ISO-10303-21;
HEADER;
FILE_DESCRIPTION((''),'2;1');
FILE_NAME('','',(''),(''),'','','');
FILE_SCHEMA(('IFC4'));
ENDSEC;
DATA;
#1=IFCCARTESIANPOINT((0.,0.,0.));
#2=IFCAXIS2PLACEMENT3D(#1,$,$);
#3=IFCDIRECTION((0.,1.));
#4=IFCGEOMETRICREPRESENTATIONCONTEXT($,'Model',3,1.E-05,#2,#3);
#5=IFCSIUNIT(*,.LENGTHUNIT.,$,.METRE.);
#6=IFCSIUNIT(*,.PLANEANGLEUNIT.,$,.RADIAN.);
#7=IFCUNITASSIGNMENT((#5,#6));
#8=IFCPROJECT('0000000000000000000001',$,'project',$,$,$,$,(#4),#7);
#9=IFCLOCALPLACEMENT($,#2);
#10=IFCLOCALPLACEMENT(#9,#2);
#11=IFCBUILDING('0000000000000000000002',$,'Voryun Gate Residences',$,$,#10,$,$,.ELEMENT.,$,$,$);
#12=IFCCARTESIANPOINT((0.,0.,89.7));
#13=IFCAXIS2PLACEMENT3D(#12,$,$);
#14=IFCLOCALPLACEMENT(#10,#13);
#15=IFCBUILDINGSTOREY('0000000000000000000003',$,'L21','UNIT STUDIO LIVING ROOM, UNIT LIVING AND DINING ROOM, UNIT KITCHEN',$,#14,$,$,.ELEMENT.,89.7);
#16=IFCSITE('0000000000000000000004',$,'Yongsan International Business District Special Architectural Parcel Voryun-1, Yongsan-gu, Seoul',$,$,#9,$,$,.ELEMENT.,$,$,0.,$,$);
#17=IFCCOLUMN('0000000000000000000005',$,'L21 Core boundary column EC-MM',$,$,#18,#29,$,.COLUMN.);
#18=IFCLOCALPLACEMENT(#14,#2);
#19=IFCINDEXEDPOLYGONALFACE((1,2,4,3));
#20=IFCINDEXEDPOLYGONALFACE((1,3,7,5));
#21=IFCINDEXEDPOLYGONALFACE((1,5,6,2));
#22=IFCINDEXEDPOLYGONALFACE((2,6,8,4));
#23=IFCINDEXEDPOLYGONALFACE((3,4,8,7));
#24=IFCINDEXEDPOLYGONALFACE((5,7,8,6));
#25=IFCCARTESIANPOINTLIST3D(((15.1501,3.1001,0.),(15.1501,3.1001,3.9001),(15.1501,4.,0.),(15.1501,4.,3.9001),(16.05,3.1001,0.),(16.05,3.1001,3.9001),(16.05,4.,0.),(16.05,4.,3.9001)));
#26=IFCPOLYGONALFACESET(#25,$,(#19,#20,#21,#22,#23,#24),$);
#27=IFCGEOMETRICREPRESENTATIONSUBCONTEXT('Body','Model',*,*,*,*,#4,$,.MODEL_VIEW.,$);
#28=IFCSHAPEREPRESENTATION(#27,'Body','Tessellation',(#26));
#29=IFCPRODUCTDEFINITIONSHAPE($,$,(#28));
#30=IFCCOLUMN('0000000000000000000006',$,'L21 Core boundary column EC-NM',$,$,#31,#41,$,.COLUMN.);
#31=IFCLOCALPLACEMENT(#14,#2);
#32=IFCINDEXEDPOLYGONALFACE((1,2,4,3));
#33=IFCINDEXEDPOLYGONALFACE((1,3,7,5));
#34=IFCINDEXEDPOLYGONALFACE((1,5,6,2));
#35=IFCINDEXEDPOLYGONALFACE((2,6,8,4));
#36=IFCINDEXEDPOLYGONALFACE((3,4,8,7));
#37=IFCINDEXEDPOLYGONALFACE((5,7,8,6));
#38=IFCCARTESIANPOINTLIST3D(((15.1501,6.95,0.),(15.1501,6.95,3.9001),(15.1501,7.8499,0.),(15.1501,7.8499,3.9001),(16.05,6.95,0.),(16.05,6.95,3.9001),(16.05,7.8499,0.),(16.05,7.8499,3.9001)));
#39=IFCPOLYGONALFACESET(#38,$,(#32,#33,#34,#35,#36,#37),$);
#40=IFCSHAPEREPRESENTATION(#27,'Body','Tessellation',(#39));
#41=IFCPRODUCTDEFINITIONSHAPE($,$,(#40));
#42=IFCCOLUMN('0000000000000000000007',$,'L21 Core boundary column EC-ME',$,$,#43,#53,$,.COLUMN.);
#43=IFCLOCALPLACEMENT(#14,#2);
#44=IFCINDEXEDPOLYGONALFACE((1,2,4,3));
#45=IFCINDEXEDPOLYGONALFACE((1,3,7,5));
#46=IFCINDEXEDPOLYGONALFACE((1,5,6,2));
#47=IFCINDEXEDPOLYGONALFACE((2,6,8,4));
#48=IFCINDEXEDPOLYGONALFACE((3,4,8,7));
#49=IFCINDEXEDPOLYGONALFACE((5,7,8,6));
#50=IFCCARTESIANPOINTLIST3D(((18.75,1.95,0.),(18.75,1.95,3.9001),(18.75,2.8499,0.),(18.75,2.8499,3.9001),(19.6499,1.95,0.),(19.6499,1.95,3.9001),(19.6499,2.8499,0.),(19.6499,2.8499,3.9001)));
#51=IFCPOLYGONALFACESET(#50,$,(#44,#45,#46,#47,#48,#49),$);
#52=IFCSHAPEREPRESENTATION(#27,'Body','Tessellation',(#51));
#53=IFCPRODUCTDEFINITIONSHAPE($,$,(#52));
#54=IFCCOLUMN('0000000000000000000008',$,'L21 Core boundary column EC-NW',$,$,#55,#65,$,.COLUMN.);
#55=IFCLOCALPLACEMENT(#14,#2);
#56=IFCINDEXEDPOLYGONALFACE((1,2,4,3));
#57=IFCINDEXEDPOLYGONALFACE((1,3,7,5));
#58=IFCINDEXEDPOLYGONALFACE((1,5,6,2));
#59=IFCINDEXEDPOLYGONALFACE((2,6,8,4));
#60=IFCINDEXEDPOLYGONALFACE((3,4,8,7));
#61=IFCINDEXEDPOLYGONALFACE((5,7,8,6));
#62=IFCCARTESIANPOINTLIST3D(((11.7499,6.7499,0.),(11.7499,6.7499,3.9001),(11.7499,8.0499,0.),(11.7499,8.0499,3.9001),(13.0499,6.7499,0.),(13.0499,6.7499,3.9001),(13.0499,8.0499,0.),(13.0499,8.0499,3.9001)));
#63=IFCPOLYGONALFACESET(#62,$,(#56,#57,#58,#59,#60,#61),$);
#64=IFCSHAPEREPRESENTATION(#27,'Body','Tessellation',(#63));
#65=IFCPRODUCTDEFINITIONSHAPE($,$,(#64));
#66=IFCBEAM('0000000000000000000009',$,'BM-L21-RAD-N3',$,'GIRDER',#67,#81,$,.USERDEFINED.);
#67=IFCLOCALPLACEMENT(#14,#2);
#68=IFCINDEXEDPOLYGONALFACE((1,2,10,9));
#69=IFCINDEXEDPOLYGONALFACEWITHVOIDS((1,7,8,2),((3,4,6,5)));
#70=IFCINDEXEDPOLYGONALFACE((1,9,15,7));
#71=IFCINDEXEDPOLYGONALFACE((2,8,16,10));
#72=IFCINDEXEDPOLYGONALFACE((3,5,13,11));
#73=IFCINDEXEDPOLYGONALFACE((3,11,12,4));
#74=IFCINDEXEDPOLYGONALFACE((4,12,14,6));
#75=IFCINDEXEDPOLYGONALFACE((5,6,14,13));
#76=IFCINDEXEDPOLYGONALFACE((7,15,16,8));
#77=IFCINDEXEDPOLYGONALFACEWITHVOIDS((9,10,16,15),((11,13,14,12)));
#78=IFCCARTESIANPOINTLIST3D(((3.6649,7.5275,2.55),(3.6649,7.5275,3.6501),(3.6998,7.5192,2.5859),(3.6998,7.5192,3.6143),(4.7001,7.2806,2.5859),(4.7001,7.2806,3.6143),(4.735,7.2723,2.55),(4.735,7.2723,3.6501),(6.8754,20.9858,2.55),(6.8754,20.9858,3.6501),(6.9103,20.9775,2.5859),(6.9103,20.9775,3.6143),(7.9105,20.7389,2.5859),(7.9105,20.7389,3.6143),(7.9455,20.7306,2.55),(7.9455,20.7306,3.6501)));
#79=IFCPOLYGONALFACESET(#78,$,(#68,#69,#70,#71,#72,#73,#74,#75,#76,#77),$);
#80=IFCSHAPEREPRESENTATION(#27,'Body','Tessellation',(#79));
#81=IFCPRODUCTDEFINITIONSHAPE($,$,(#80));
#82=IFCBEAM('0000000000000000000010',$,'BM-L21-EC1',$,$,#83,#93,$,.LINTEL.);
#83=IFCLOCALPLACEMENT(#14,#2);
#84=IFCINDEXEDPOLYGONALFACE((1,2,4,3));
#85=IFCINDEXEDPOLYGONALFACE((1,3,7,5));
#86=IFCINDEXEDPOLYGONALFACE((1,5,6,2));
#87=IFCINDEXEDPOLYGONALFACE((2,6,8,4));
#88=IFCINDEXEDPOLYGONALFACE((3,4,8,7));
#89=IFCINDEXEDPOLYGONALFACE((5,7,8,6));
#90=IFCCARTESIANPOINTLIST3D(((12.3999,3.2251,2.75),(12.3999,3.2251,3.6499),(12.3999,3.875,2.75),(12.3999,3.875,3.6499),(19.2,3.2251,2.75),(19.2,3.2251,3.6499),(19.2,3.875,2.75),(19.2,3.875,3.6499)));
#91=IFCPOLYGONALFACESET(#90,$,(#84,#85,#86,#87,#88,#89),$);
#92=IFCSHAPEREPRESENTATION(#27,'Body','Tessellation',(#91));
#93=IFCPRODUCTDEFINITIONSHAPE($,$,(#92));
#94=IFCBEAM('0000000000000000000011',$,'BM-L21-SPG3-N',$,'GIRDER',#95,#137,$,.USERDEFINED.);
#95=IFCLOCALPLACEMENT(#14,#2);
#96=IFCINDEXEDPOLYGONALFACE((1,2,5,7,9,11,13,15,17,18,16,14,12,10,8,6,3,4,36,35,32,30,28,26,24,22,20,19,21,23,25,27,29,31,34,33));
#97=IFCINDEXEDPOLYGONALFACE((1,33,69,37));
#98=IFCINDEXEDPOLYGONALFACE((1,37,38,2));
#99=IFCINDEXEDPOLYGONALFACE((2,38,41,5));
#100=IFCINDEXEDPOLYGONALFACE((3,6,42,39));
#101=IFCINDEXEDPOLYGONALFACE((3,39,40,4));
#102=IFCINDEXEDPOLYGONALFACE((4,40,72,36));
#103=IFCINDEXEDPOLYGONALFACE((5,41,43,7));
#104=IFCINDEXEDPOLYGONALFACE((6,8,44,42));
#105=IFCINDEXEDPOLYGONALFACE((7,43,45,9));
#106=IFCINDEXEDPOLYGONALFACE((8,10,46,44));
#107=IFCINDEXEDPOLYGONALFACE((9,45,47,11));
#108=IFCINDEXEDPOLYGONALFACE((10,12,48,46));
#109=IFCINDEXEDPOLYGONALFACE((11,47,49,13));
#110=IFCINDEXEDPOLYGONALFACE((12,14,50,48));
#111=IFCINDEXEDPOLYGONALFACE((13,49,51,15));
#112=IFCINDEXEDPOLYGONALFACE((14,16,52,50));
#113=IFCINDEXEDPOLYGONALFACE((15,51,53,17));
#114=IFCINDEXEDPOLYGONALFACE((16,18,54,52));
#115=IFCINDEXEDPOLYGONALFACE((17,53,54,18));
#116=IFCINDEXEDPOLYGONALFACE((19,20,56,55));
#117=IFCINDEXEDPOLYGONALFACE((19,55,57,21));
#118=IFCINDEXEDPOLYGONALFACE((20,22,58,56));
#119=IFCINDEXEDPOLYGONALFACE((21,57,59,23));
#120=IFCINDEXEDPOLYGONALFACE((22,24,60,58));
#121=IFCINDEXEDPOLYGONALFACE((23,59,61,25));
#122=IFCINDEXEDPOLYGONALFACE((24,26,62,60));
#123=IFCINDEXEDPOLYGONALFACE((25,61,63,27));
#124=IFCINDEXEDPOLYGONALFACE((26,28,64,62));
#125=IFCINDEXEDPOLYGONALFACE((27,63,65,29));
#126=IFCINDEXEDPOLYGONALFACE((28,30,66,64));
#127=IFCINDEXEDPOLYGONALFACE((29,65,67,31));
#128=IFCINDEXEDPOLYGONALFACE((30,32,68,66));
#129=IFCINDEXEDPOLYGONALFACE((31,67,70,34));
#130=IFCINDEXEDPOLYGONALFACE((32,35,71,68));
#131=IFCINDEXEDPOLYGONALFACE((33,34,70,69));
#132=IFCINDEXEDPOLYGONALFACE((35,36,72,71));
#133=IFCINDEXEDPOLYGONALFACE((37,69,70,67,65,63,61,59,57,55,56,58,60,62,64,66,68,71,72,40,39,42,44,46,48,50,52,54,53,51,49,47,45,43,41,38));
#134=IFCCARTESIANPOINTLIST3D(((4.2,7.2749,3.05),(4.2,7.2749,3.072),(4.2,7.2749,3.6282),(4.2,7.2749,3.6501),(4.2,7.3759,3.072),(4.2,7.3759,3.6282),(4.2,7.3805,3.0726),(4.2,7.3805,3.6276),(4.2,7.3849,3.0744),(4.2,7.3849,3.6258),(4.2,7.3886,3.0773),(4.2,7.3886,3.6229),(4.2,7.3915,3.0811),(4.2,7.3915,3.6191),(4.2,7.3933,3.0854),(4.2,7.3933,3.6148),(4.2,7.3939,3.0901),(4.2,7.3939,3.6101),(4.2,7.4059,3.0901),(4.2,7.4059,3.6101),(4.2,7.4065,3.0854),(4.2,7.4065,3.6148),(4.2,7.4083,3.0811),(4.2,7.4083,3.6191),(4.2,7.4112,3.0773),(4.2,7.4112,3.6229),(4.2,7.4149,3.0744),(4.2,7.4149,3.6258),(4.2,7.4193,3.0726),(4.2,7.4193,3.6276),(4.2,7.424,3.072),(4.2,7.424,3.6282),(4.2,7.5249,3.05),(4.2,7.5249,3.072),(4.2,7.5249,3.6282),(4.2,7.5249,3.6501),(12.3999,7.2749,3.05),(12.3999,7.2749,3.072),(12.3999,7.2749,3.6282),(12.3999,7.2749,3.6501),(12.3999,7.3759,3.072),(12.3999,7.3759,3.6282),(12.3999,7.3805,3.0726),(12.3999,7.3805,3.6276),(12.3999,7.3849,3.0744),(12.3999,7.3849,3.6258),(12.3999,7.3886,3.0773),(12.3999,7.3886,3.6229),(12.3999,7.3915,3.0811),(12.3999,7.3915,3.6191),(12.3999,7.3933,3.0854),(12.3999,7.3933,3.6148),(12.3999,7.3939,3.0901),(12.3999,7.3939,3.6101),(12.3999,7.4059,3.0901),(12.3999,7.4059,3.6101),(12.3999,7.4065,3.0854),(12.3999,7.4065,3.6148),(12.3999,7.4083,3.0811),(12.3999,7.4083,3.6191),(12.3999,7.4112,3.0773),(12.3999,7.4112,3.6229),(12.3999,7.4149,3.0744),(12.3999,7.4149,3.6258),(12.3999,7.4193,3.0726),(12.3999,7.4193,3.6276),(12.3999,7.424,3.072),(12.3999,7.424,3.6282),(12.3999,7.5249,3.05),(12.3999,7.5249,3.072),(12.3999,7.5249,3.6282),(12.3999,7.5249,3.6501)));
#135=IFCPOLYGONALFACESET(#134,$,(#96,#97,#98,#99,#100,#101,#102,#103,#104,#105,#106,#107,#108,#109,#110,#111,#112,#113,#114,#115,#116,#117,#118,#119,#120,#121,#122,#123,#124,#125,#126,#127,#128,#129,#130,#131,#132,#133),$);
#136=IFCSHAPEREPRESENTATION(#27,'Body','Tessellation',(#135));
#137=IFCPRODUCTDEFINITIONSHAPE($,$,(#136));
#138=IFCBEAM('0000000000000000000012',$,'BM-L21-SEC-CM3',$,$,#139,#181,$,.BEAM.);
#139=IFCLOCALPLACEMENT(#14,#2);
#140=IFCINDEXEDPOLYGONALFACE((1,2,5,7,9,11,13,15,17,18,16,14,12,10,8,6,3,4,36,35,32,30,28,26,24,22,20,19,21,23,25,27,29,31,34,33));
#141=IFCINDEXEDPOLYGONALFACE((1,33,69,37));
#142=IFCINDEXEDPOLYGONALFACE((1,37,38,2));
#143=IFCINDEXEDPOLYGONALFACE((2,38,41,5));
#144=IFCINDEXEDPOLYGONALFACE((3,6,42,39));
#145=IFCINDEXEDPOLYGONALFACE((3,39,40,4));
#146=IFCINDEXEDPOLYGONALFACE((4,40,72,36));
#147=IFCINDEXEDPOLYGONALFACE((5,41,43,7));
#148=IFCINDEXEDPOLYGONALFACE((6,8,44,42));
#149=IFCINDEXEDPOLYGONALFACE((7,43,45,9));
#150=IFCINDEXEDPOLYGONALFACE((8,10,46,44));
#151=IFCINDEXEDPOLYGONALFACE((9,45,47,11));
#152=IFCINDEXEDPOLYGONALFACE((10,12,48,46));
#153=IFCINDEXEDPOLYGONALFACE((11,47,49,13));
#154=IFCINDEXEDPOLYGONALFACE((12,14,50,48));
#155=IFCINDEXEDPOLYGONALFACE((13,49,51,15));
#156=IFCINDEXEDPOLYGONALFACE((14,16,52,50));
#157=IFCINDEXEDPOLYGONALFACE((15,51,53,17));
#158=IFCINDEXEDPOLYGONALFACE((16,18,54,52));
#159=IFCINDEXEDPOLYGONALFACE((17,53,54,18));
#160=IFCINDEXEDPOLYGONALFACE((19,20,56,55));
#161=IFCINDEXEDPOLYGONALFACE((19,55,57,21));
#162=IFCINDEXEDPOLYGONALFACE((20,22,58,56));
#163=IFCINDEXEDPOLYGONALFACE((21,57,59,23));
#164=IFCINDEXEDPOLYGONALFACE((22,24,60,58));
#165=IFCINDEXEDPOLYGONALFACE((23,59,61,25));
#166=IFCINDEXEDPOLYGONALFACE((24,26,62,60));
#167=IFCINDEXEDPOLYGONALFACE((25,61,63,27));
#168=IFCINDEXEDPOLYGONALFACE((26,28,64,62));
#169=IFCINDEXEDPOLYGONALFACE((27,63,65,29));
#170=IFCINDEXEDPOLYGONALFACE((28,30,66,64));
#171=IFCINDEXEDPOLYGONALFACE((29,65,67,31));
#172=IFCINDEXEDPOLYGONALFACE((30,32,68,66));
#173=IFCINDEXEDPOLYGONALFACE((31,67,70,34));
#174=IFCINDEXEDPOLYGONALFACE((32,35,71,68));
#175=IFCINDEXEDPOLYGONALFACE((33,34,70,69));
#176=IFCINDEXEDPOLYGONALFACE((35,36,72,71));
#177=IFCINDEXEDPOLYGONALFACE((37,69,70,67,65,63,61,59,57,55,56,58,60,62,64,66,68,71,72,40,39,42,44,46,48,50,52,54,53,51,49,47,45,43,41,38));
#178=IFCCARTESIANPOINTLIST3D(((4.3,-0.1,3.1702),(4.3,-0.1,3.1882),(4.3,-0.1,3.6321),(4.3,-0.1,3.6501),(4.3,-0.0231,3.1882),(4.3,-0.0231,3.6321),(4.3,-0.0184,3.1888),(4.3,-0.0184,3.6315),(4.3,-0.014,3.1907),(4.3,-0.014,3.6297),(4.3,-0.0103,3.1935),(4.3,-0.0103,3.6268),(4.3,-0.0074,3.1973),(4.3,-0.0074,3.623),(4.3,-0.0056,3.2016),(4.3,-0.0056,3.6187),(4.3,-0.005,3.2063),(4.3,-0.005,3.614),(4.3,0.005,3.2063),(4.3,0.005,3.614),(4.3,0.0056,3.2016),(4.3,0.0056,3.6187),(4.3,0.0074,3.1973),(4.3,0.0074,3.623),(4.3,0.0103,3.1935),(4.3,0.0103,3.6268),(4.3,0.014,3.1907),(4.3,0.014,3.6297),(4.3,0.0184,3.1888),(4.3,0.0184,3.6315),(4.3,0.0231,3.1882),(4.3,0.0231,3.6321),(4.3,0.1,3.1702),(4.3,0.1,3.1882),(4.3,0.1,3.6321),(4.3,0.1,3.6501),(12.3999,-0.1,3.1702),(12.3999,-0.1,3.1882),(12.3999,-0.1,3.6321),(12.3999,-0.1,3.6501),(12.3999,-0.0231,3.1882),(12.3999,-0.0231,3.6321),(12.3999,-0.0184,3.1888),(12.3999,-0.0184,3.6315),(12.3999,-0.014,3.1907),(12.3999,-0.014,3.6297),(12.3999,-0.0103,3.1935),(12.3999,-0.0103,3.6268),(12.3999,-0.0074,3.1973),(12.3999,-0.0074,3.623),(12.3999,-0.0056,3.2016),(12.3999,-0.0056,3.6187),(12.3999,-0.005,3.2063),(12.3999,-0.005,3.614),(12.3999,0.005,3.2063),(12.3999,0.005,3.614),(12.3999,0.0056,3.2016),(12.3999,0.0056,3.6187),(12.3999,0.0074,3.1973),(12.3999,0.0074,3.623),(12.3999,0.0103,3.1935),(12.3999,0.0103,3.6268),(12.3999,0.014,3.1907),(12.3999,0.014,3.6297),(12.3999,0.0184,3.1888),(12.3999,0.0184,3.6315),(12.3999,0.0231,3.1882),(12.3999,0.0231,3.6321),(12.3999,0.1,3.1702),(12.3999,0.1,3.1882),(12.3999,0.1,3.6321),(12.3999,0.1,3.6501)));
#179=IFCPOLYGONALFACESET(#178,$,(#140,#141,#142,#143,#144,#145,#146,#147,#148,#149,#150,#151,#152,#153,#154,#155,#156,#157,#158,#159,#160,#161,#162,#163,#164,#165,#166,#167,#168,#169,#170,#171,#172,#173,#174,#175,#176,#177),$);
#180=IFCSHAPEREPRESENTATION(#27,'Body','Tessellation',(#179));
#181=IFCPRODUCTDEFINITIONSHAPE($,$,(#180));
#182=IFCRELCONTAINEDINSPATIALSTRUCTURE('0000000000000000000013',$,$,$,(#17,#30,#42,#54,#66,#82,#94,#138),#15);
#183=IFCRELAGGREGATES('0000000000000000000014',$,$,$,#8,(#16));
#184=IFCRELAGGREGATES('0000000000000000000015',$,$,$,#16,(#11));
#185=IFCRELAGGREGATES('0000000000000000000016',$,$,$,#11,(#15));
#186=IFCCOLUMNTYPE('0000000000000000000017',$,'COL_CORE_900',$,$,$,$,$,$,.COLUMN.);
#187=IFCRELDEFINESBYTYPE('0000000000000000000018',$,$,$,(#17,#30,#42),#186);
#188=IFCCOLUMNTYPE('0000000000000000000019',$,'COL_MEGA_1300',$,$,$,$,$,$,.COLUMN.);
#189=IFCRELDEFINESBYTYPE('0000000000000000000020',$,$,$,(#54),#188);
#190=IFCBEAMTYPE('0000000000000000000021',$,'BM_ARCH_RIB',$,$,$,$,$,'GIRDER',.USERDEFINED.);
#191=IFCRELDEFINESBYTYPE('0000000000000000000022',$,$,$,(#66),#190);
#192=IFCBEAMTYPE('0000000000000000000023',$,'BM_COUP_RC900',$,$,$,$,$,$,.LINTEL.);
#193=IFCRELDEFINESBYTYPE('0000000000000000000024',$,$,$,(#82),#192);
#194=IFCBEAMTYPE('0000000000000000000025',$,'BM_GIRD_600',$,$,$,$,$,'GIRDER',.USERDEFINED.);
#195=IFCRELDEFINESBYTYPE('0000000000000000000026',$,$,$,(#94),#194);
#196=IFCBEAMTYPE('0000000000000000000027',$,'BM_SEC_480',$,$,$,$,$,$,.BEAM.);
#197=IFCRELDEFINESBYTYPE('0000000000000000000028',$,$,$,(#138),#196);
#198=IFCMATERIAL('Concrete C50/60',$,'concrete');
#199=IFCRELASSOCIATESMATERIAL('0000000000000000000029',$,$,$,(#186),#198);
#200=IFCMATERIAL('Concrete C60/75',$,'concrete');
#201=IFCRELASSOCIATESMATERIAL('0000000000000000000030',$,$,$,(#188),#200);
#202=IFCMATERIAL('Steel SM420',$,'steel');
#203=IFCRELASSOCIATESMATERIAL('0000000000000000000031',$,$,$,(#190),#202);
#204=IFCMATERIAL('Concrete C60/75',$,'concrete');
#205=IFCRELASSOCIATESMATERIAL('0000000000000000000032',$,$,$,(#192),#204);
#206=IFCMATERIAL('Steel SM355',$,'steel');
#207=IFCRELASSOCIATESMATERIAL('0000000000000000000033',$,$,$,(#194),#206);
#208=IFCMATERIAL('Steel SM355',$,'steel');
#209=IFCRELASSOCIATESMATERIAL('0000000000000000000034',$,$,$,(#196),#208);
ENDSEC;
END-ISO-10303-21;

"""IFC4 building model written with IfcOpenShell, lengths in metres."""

from ifc_helpers import new_model, si_unit, direction, frame, origin, origin_2d, place, context, subcontext, project, spatial, rectangle, hollow_rectangle, i_section, extrude, material, material_profile, profile_set, type_object, element, save


model = new_model("IFC4")

# Units and contexts
model_context = context("Model", 3, precision=1e-05, world=origin(), true_north=direction((0.0, 1.0)))
body_context = subcontext(model_context, "Body", "Model", "MODEL_VIEW")
ifc_project = project(units=[si_unit("LENGTHUNIT", "METRE"), si_unit("PLANEANGLEUNIT", "RADIAN")], contexts=[model_context])

# Site, building, storey
site_placement = place(None, origin())
site = spatial("IfcSite", under=ifc_project, at=site_placement, Name="Yongsan International Business District Special Architectural Parcel Voryun-1, Yongsan-gu, Seoul", CompositionType="ELEMENT", RefElevation=0.0)
building_placement = place(site_placement, origin())
building = spatial("IfcBuilding", under=site, at=building_placement, Name="Voryun Gate Residences", CompositionType="ELEMENT")
storey_placement = place(building_placement, frame((0.0, 0.0, 89.7)))
storey = spatial("IfcBuildingStorey", under=building, at=storey_placement, Name="L21", Description="UNIT STUDIO LIVING ROOM, UNIT LIVING AND DINING ROOM, UNIT KITCHEN", CompositionType="ELEMENT", Elevation=89.7)

# Columns
ifc_material_1 = material(Name="Concrete C50/60", Category="concrete")
ifc_material_profile_1 = material_profile(ifc_material_1, rectangle(XDim=0.8999, YDim=0.8999, at=origin_2d()), Name="RC-900x900")
ifc_profile_set_1 = profile_set([ifc_material_profile_1], Name="Concrete C50/60")
column_type_1 = type_object("IfcColumnType", Name="COL_CORE_900", PredefinedType="COLUMN", material=ifc_profile_set_1)
for number, where, z_axis, x_axis, name in (
    (1, (15.6001, 3.55, 0.0), (0.0, 0.0, 1.0), (1.0, 0.0, 0.0), "L21 Core boundary column EC-MM"),
    (2, (15.6001, 7.3999, 0.0), (0.0, 0.0, 1.0), (1.0, 0.0, 0.0), "L21 Core boundary column EC-NM"),
    (3, (19.2, 2.3999, 0.0), (0.0, 0.0, 1.0), (1.0, 0.0, 0.0), "L21 Core boundary column EC-ME"),
):
    element("IfcColumn", number, at=place(storey_placement, frame(where, z_axis=z_axis, x_axis=x_axis)), inside=storey, type_object=column_type_1, Name=name, PredefinedType="COLUMN", context=body_context, shape_type="SweptSolid", body=[
        extrude(rectangle(XDim=0.8999, YDim=0.8999, at=origin_2d()), origin(), (0.0, 0.0, 1.0), 3.9001),
    ])
ifc_material_2 = material(Name="Concrete C60/75", Category="concrete")
ifc_material_profile_2 = material_profile(ifc_material_2, rectangle(XDim=1.3, YDim=1.3, at=origin_2d()), Name="RC-1300x1300")
ifc_profile_set_2 = profile_set([ifc_material_profile_2], Name="Concrete C60/75")
column_type_2 = type_object("IfcColumnType", Name="COL_MEGA_1300", PredefinedType="COLUMN", material=ifc_profile_set_2)
column_placement = place(storey_placement, frame((12.3999, 7.3999, 0.0), z_axis=(0.0, 0.0, 1.0), x_axis=(1.0, 0.0, 0.0)))
element("IfcColumn", 4, at=column_placement, inside=storey, type_object=column_type_2, Name="L21 Core boundary column EC-NW", PredefinedType="COLUMN", context=body_context, shape_type="SweptSolid", body=[
    extrude(rectangle(XDim=1.3, YDim=1.3, at=origin_2d()), origin(), (0.0, 0.0, 1.0), 3.9001),
])

# Beams
ifc_material_3 = material(Name="Steel SM420", Category="steel")
ifc_material_profile_3 = material_profile(ifc_material_3, hollow_rectangle(XDim=1.1001, YDim=1.1001, WallThickness=0.0359, at=origin_2d()), Name="BOX-1100x1100x36")
ifc_profile_set_3 = profile_set([ifc_material_profile_3], Name="Steel SM420")
beam_type_1 = type_object("IfcBeamType", Name="BM_ARCH_RIB", ElementType="GIRDER", PredefinedType="USERDEFINED", material=ifc_profile_set_3)
beam_1_placement = place(storey_placement, frame((4.2, 7.3999, 3.1001), z_axis=(0.232038, 0.972707, 0.0), x_axis=(-0.972707, 0.232038, 0.0)))
element("IfcBeam", 5, at=beam_1_placement, inside=storey, type_object=beam_type_1, Name="BM-L21-RAD-N3", ObjectType="GIRDER", PredefinedType="USERDEFINED", context=body_context, shape_type="SweptSolid", body=[
    extrude(hollow_rectangle(XDim=1.1001, YDim=1.1001, WallThickness=0.0359, at=origin_2d()), origin(), (0.0, 0.0, 1.0), 13.8359),
])
ifc_material_4 = material(Name="Concrete C60/75", Category="concrete")
ifc_material_profile_4 = material_profile(ifc_material_4, rectangle(XDim=0.6499, YDim=0.8999, at=origin_2d()), Name="RC-650x900")
ifc_profile_set_4 = profile_set([ifc_material_profile_4], Name="Concrete C60/75")
beam_type_2 = type_object("IfcBeamType", Name="BM_COUP_RC900", PredefinedType="LINTEL", material=ifc_profile_set_4)
beam_2_placement = place(storey_placement, frame((12.3999, 3.55, 3.2), z_axis=(1.0, 0.0, 0.0), x_axis=(0.0, 1.0, 0.0)))
element("IfcBeam", 6, at=beam_2_placement, inside=storey, type_object=beam_type_2, Name="BM-L21-EC1", PredefinedType="LINTEL", context=body_context, shape_type="SweptSolid", body=[
    extrude(rectangle(XDim=0.6499, YDim=0.8999, at=origin_2d()), origin(), (0.0, 0.0, 1.0), 6.8),
])
ifc_material_5 = material(Name="Steel SM355", Category="steel")
ifc_material_profile_5 = material_profile(ifc_material_5, i_section(OverallWidth=0.25, OverallDepth=0.6001, WebThickness=0.012, FlangeThickness=0.022, FilletRadius=0.0181, at=origin_2d()), Name="H-600x250x12x22")
ifc_profile_set_5 = profile_set([ifc_material_profile_5], Name="Steel SM355")
beam_type_3 = type_object("IfcBeamType", Name="BM_GIRD_600", ElementType="GIRDER", PredefinedType="USERDEFINED", material=ifc_profile_set_5)
beam_3_placement = place(storey_placement, frame((4.2, 7.3999, 3.3501), z_axis=(1.0, 0.0, 0.0), x_axis=(0.0, 1.0, 0.0)))
element("IfcBeam", 7, at=beam_3_placement, inside=storey, type_object=beam_type_3, Name="BM-L21-SPG3-N", ObjectType="GIRDER", PredefinedType="USERDEFINED", context=body_context, shape_type="SweptSolid", body=[
    extrude(i_section(OverallWidth=0.25, OverallDepth=0.6001, WebThickness=0.012, FlangeThickness=0.022, FilletRadius=0.0181, at=origin_2d()), origin(), (0.0, 0.0, 1.0), 8.2),
])
ifc_material_6 = material(Name="Steel SM355", Category="steel")
ifc_material_profile_6 = material_profile(ifc_material_6, i_section(OverallWidth=0.2, OverallDepth=0.48, WebThickness=0.01, FlangeThickness=0.0181, FilletRadius=0.0181, at=origin_2d()), Name="H-480x200x10x18")
ifc_profile_set_6 = profile_set([ifc_material_profile_6], Name="Steel SM355")
beam_type_4 = type_object("IfcBeamType", Name="BM_SEC_480", PredefinedType="BEAM", material=ifc_profile_set_6)
for number, where, z_axis, x_axis, name in (
    (8, (4.3, 0.0, 3.4102), (1.0, 0.0, 0.0), (0.0, 1.0, 0.0), "BM-L21-SEC-CM3"),
):
    element("IfcBeam", number, at=place(storey_placement, frame(where, z_axis=z_axis, x_axis=x_axis)), inside=storey, type_object=beam_type_4, Name=name, PredefinedType="BEAM", context=body_context, shape_type="SweptSolid", body=[
        extrude(i_section(OverallWidth=0.2, OverallDepth=0.48, WebThickness=0.01, FlangeThickness=0.0181, FilletRadius=0.0181, at=origin_2d()), origin(), (0.0, 0.0, 1.0), 8.0999),
    ])

save(model, "model.ifc")
